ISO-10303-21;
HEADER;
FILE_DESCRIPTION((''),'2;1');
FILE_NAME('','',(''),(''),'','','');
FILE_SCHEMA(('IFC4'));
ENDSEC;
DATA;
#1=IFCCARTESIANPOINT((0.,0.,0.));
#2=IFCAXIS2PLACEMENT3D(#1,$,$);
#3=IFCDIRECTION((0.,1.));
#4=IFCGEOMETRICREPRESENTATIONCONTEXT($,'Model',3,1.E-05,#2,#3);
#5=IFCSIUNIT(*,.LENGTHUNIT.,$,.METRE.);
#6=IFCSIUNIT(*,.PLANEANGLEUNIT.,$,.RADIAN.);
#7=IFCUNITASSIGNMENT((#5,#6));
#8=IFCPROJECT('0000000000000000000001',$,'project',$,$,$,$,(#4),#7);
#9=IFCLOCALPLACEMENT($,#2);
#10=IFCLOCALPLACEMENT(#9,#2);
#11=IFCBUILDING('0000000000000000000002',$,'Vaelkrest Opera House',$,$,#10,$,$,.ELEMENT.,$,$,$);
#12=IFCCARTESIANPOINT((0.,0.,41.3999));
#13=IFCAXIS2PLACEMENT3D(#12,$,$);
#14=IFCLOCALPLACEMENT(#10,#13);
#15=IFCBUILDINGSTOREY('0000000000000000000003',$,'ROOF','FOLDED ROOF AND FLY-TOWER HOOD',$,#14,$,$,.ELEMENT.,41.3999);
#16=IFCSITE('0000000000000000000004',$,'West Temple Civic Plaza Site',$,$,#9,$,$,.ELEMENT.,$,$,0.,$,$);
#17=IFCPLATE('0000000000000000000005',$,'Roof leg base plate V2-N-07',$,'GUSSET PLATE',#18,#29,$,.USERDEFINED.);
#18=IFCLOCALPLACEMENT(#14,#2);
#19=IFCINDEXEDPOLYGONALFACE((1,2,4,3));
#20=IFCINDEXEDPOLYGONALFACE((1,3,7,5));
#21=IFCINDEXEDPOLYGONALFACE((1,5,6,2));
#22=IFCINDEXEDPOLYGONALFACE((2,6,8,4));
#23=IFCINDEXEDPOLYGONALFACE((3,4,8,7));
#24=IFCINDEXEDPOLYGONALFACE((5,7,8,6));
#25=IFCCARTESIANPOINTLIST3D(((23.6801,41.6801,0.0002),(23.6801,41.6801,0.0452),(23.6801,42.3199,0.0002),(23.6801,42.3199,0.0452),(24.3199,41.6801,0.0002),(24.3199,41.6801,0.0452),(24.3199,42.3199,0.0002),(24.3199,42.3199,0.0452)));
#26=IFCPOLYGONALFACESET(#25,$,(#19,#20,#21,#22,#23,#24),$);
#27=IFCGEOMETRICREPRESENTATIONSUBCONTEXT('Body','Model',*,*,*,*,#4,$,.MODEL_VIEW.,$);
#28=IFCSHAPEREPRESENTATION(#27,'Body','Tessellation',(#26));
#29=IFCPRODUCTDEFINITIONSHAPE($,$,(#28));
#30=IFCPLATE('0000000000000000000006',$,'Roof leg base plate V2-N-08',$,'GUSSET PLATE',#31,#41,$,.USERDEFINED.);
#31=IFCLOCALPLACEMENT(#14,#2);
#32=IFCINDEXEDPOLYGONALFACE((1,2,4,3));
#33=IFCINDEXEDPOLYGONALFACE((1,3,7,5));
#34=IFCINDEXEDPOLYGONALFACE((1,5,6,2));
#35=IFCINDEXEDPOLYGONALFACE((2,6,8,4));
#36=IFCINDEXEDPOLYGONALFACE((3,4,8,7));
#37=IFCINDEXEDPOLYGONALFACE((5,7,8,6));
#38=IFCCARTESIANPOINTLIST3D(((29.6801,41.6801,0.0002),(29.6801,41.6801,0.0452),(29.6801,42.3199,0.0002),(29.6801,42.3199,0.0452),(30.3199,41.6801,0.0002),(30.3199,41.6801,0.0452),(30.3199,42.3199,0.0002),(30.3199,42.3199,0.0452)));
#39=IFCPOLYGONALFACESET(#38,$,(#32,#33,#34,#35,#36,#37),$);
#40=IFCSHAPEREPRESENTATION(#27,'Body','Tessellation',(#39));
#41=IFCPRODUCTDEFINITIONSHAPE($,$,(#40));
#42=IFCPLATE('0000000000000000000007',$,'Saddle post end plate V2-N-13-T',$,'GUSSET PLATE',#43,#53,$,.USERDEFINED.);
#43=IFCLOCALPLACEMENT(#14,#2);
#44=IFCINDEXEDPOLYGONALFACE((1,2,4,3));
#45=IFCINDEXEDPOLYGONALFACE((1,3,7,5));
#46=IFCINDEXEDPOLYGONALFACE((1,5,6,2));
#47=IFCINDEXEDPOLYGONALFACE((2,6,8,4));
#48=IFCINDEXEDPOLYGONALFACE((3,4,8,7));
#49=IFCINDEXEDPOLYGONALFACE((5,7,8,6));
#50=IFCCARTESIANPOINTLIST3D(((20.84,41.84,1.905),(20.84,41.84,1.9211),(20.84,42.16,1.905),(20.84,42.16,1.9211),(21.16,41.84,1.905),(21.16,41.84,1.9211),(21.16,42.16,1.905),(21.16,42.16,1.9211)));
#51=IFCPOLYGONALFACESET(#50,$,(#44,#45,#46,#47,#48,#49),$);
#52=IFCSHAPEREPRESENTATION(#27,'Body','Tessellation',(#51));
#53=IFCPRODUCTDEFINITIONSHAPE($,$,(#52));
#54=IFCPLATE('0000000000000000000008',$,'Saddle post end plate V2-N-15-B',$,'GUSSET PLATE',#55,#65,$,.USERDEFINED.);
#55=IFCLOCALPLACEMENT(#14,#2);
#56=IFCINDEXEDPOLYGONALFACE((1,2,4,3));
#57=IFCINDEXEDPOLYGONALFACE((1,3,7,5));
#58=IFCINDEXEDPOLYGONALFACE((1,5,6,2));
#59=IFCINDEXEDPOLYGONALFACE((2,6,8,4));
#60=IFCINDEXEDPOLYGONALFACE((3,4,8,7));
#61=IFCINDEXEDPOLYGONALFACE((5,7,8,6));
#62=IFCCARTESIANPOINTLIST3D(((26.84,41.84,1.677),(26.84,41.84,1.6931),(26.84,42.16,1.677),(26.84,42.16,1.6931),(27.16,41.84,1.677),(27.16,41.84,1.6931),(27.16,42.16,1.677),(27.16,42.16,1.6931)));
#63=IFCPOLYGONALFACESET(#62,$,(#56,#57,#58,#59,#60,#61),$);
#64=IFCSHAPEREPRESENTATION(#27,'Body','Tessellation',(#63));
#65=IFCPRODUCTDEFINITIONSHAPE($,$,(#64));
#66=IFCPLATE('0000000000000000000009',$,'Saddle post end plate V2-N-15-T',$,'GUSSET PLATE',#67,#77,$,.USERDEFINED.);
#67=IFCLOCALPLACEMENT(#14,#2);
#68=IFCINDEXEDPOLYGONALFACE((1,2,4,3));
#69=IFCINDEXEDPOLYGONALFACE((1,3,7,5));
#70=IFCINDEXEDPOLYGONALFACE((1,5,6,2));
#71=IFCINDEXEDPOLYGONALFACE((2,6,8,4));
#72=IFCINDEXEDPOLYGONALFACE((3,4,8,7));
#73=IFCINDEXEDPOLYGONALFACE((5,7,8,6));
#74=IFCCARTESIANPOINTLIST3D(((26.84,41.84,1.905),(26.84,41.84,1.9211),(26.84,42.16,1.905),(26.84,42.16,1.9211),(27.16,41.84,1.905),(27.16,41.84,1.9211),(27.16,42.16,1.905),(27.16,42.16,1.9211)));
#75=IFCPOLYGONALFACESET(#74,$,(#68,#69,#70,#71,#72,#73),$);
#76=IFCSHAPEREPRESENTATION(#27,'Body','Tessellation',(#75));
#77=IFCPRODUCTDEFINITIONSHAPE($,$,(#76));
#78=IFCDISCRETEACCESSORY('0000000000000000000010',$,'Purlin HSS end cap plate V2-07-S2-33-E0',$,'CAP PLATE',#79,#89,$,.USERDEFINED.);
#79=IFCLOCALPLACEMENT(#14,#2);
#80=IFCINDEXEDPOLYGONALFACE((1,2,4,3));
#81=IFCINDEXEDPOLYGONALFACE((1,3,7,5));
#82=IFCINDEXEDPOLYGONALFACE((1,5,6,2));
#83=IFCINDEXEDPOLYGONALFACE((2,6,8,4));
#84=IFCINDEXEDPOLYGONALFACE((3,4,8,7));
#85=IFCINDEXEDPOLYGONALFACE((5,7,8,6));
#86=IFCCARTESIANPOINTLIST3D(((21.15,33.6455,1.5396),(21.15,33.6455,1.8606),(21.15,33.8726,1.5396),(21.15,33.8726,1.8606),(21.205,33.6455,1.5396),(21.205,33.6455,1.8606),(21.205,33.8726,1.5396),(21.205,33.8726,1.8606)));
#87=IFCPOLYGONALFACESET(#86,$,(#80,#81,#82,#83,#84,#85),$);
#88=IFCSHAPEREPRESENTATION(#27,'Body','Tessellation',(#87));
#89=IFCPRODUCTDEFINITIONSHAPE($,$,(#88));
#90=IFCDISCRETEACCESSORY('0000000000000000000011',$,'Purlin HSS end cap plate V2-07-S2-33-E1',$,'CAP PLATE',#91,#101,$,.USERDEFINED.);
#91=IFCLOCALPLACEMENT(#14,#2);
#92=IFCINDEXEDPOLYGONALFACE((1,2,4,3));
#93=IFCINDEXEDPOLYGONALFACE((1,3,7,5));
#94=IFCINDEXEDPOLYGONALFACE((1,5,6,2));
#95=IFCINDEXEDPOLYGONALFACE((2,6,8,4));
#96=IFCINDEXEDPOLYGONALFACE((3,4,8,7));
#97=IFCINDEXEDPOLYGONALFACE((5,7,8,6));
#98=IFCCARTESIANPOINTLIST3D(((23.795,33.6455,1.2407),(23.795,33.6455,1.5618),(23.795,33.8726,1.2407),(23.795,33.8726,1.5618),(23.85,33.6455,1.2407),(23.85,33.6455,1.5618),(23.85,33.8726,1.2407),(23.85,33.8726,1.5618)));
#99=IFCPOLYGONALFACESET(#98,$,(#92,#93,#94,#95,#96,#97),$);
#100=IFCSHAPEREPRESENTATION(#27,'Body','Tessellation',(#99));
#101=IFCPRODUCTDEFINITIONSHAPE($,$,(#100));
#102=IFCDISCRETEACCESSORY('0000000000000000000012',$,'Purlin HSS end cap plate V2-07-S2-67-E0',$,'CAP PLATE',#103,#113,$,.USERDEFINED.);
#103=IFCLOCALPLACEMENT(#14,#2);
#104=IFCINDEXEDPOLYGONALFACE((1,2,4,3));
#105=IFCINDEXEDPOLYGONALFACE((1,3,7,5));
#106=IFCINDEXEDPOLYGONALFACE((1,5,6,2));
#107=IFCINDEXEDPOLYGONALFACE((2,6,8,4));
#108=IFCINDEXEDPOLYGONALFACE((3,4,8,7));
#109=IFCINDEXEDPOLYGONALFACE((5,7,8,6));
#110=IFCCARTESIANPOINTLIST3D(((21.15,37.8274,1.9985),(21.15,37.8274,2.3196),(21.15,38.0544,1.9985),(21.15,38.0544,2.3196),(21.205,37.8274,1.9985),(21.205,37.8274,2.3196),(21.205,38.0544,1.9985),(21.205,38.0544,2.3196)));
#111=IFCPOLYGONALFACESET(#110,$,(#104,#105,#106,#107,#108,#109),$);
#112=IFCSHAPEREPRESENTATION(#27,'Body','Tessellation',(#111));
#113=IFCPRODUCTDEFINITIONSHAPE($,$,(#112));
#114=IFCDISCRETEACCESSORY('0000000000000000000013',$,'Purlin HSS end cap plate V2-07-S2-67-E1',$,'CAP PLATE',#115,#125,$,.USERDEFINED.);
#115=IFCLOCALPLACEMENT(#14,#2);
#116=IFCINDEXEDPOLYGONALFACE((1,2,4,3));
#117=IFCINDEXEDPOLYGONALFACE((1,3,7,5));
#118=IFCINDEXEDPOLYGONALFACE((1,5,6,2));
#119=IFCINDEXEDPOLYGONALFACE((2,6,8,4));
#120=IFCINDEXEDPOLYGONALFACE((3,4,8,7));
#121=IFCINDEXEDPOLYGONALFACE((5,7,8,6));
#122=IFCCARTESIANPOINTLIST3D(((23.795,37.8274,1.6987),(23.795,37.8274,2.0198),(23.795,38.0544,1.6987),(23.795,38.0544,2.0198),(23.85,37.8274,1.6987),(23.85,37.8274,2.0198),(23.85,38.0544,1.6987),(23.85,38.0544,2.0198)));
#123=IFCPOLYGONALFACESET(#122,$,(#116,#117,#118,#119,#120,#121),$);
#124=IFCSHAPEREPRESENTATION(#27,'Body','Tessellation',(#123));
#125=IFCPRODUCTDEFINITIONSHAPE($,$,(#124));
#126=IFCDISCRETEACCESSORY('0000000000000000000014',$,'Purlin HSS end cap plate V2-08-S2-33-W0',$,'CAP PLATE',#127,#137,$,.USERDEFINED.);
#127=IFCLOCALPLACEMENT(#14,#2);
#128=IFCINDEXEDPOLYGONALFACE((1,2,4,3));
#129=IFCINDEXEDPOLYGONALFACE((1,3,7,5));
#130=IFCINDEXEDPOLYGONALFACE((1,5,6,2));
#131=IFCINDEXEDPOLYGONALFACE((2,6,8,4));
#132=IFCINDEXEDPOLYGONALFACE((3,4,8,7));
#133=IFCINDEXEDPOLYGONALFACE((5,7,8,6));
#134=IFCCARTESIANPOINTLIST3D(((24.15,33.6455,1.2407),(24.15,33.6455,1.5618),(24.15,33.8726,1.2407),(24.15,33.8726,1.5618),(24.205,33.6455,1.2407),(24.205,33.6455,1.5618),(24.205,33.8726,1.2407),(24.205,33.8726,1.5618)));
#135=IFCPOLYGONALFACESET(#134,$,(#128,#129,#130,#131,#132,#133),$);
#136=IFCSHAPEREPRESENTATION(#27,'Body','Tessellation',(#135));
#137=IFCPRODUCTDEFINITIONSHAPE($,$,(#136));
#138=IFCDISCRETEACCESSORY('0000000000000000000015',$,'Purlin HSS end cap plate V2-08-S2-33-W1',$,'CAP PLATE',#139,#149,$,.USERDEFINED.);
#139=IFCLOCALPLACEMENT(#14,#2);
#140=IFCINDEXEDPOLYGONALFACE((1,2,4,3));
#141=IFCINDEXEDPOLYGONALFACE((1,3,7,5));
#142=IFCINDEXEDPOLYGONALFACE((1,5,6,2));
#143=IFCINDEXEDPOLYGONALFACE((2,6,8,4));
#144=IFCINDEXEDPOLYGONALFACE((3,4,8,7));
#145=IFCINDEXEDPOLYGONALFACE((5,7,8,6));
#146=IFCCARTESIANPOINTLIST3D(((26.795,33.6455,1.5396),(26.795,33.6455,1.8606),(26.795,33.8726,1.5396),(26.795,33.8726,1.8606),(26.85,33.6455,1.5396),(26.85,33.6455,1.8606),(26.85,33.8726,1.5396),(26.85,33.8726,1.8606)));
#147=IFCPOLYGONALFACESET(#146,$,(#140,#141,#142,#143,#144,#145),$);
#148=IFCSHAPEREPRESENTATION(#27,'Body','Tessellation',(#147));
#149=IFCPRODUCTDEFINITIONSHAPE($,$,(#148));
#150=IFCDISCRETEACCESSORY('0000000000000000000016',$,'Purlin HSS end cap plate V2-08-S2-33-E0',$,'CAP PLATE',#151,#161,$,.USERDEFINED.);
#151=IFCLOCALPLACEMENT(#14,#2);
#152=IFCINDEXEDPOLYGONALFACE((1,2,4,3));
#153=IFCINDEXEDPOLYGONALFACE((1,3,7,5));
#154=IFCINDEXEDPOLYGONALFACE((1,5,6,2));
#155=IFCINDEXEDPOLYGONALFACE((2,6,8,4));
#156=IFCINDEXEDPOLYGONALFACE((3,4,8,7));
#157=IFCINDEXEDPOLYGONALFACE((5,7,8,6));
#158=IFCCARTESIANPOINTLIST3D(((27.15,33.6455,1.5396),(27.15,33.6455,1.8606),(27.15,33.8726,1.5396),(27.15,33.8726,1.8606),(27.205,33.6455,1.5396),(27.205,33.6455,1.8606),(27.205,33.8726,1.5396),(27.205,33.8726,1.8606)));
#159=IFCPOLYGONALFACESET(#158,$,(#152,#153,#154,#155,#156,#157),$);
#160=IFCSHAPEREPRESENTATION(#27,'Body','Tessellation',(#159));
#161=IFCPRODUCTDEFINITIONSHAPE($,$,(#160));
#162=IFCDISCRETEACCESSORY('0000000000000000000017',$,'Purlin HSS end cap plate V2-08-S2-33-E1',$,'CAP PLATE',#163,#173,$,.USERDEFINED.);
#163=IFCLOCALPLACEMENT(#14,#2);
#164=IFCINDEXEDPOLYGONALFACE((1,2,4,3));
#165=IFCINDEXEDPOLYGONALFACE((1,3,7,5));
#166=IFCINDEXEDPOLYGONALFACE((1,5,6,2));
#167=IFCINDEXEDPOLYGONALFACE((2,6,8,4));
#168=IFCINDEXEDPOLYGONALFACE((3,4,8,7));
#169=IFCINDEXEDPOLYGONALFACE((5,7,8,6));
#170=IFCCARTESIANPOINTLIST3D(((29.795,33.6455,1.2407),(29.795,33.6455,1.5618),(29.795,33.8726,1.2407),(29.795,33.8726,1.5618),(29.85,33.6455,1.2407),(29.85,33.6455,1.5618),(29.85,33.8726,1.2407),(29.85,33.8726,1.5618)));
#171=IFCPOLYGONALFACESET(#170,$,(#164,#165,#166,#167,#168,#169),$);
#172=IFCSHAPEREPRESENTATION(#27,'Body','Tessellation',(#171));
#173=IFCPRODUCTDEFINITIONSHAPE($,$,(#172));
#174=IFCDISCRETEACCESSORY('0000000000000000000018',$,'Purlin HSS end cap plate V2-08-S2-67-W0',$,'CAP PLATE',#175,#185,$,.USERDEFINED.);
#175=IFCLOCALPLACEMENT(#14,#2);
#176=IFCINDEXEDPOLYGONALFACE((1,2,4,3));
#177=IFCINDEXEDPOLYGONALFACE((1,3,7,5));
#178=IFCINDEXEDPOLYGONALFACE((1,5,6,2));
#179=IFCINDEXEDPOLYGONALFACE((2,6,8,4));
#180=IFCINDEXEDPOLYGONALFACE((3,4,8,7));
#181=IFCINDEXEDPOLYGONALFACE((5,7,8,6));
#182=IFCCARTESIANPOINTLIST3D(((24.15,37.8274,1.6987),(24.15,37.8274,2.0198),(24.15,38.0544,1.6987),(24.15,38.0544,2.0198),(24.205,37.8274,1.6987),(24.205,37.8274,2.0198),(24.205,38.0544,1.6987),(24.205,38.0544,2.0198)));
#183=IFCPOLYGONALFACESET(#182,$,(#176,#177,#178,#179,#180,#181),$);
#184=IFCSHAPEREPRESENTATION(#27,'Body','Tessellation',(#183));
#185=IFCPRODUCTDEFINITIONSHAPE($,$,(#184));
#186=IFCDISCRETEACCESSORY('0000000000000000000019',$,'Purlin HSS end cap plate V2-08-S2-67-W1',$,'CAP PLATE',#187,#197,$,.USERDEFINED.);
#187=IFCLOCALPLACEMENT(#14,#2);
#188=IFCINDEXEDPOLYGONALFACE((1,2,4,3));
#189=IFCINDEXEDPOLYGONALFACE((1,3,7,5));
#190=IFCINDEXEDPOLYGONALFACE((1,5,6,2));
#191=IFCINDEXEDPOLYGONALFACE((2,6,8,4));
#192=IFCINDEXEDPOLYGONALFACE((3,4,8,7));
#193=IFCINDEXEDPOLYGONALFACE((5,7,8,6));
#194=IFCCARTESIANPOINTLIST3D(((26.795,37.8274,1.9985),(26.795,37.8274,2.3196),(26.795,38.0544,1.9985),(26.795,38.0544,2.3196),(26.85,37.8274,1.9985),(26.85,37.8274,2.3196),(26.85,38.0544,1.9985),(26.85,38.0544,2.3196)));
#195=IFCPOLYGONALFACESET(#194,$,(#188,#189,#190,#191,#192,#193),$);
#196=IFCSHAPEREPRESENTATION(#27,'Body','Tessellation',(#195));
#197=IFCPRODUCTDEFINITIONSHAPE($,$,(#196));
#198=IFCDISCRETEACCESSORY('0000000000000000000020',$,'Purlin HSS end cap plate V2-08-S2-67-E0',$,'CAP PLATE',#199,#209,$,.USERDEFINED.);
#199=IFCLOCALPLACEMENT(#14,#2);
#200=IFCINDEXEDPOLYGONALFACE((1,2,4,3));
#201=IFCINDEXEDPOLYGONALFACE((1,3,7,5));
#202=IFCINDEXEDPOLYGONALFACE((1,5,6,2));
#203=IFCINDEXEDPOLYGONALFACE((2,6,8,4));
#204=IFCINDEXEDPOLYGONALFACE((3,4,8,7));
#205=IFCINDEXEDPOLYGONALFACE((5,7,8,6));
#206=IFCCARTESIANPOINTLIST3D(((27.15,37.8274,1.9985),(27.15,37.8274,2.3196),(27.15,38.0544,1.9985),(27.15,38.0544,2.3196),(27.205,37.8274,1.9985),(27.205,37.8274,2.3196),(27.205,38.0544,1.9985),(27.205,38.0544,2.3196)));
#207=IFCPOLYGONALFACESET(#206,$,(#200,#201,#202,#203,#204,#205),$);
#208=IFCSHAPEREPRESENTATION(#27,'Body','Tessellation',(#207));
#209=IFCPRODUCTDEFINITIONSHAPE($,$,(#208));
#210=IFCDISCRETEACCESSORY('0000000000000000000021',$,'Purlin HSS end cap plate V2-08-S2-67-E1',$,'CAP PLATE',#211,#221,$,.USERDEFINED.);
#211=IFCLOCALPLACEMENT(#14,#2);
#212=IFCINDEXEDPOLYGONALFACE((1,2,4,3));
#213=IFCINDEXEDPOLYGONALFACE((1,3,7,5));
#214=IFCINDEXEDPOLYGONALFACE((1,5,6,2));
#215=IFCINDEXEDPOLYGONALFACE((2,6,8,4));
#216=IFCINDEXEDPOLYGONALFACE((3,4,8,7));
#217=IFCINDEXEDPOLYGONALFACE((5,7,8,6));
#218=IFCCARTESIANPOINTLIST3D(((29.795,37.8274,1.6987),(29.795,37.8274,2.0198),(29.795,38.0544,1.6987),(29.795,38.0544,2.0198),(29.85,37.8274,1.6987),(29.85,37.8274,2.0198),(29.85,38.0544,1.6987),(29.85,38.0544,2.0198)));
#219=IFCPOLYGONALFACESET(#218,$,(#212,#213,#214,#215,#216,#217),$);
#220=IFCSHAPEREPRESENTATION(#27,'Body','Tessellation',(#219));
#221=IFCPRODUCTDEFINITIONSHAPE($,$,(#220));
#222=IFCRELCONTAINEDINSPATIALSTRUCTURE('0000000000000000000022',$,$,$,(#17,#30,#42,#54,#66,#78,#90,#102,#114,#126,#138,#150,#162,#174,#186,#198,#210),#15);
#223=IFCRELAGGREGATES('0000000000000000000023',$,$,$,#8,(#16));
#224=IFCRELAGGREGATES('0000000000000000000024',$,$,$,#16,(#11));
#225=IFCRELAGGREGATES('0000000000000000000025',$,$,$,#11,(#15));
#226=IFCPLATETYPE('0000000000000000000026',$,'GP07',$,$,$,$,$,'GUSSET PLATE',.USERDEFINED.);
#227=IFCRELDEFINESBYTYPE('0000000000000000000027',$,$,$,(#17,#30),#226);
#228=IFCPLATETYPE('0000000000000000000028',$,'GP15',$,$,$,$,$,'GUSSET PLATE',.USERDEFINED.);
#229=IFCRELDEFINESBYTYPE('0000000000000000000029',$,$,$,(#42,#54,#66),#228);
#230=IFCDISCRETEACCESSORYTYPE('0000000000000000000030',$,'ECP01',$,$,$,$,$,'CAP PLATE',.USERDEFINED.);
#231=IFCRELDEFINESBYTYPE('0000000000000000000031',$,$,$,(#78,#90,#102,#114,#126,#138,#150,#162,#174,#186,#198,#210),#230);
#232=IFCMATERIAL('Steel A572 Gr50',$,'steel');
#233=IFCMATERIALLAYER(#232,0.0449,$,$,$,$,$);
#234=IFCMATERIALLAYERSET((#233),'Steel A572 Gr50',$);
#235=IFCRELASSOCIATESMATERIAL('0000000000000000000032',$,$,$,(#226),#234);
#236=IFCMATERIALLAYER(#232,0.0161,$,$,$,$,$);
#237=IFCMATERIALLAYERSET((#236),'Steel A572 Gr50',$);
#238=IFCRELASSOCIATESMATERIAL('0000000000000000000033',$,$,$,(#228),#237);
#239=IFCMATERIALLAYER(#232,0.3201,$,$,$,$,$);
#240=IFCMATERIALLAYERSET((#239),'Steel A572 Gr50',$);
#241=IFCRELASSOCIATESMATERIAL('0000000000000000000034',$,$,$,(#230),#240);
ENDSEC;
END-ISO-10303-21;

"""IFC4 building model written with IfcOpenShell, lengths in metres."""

from ifc_helpers import new_model, si_unit, direction, frame, origin, origin_2d, place, context, subcontext, project, spatial, rectangle, extrude, material, layer, layer_set, type_object, element, save


model = new_model("IFC4")

# Units and contexts
model_context = context("Model", 3, precision=1e-05, world=origin(), true_north=direction((0.0, 1.0)))
body_context = subcontext(model_context, "Body", "Model", "MODEL_VIEW")
ifc_project = project(units=[si_unit("LENGTHUNIT", "METRE"), si_unit("PLANEANGLEUNIT", "RADIAN")], contexts=[model_context])

# Site, building, storey
site_placement = place(None, origin())
site = spatial("IfcSite", under=ifc_project, at=site_placement, Name="West Temple Civic Plaza Site", CompositionType="ELEMENT", RefElevation=0.0)
building_placement = place(site_placement, origin())
building = spatial("IfcBuilding", under=site, at=building_placement, Name="Vaelkrest Opera House", CompositionType="ELEMENT")
storey_placement = place(building_placement, frame((0.0, 0.0, 41.3999)))
storey = spatial("IfcBuildingStorey", under=building, at=storey_placement, Name="ROOF", Description="FOLDED ROOF AND FLY-TOWER HOOD", CompositionType="ELEMENT", Elevation=41.3999)

# Plates
ifc_material_1 = material(Name="Steel A572 Gr50", Category="steel")
ifc_layer_1 = layer(ifc_material_1, 0.0449)
ifc_layer_set_1 = layer_set([ifc_layer_1], Name="Steel A572 Gr50")
plate_type_1 = type_object("IfcPlateType", Name="GP07", ElementType="GUSSET PLATE", PredefinedType="USERDEFINED", material=ifc_layer_set_1)
for number, where, z_axis, x_axis, name in (
    (1, (24.0, 42.0, 0.0002), (0.0, 0.0, 1.0), (1.0, 0.0, 0.0), "Roof leg base plate V2-N-07"),
    (2, (30.0, 42.0, 0.0002), (0.0, 0.0, 1.0), (1.0, 0.0, 0.0), "Roof leg base plate V2-N-08"),
):
    element("IfcPlate", number, at=place(storey_placement, frame(where, z_axis=z_axis, x_axis=x_axis)), inside=storey, type_object=plate_type_1, Name=name, ObjectType="GUSSET PLATE", PredefinedType="USERDEFINED", context=body_context, shape_type="SweptSolid", body=[
        extrude(rectangle(XDim=0.6399, YDim=0.6399, at=origin_2d()), origin(), (0.0, 0.0, 1.0), 0.0449),
    ])
ifc_layer_2 = layer(ifc_material_1, 0.0161)
ifc_layer_set_2 = layer_set([ifc_layer_2], Name="Steel A572 Gr50")
plate_type_2 = type_object("IfcPlateType", Name="GP15", ElementType="GUSSET PLATE", PredefinedType="USERDEFINED", material=ifc_layer_set_2)
for number, where, z_axis, x_axis, name in (
    (3, (21.0, 42.0, 1.905), (0.0, 0.0, 1.0), (1.0, 0.0, 0.0), "Saddle post end plate V2-N-13-T"),
    (4, (27.0, 42.0, 1.677), (0.0, 0.0, 1.0), (1.0, 0.0, 0.0), "Saddle post end plate V2-N-15-B"),
    (5, (27.0, 42.0, 1.905), (0.0, 0.0, 1.0), (1.0, 0.0, 0.0), "Saddle post end plate V2-N-15-T"),
):
    element("IfcPlate", number, at=place(storey_placement, frame(where, z_axis=z_axis, x_axis=x_axis)), inside=storey, type_object=plate_type_2, Name=name, ObjectType="GUSSET PLATE", PredefinedType="USERDEFINED", context=body_context, shape_type="SweptSolid", body=[
        extrude(rectangle(XDim=0.3201, YDim=0.3201, at=origin_2d()), origin(), (0.0, 0.0, 1.0), 0.0161),
    ])

# Discrete accessories
ifc_layer_3 = layer(ifc_material_1, 0.3201)
ifc_layer_set_3 = layer_set([ifc_layer_3], Name="Steel A572 Gr50")
discrete_accessory_type = type_object("IfcDiscreteAccessoryType", Name="ECP01", ElementType="CAP PLATE", PredefinedType="USERDEFINED", material=ifc_layer_set_3)
for number, where, z_axis, x_axis, name in (
    (6, (21.1775, 33.759, 1.5396), (0.0, 0.0, 1.0), (1.0, 0.0, 0.0), "Purlin HSS end cap plate V2-07-S2-33-E0"),
    (7, (23.8225, 33.759, 1.2407), (0.0, 0.0, 1.0), (1.0, 0.0, 0.0), "Purlin HSS end cap plate V2-07-S2-33-E1"),
    (8, (21.1775, 37.9409, 1.9985), (0.0, 0.0, 1.0), (1.0, 0.0, 0.0), "Purlin HSS end cap plate V2-07-S2-67-E0"),
    (9, (23.8225, 37.9409, 1.6987), (0.0, 0.0, 1.0), (1.0, 0.0, 0.0), "Purlin HSS end cap plate V2-07-S2-67-E1"),
    (10, (24.1775, 33.759, 1.2407), (0.0, 0.0, 1.0), (1.0, 0.0, 0.0), "Purlin HSS end cap plate V2-08-S2-33-W0"),
    (11, (26.8225, 33.759, 1.5396), (0.0, 0.0, 1.0), (1.0, 0.0, 0.0), "Purlin HSS end cap plate V2-08-S2-33-W1"),
    (12, (27.1775, 33.759, 1.5396), (0.0, 0.0, 1.0), (1.0, 0.0, 0.0), "Purlin HSS end cap plate V2-08-S2-33-E0"),
    (13, (29.8225, 33.759, 1.2407), (0.0, 0.0, 1.0), (1.0, 0.0, 0.0), "Purlin HSS end cap plate V2-08-S2-33-E1"),
    (14, (24.1775, 37.9409, 1.6987), (0.0, 0.0, 1.0), (1.0, 0.0, 0.0), "Purlin HSS end cap plate V2-08-S2-67-W0"),
    (15, (26.8225, 37.9409, 1.9985), (0.0, 0.0, 1.0), (1.0, 0.0, 0.0), "Purlin HSS end cap plate V2-08-S2-67-W1"),
    (16, (27.1775, 37.9409, 1.9985), (0.0, 0.0, 1.0), (1.0, 0.0, 0.0), "Purlin HSS end cap plate V2-08-S2-67-E0"),
    (17, (29.8225, 37.9409, 1.6987), (0.0, 0.0, 1.0), (1.0, 0.0, 0.0), "Purlin HSS end cap plate V2-08-S2-67-E1"),
):
    element("IfcDiscreteAccessory", number, at=place(storey_placement, frame(where, z_axis=z_axis, x_axis=x_axis)), inside=storey, type_object=discrete_accessory_type, Name=name, ObjectType="CAP PLATE", PredefinedType="USERDEFINED", context=body_context, shape_type="SweptSolid", body=[
        extrude(rectangle(XDim=0.0549, YDim=0.2271, at=origin_2d()), origin(), (0.0, 0.0, 1.0), 0.321),
    ])

save(model, "model.ifc")
